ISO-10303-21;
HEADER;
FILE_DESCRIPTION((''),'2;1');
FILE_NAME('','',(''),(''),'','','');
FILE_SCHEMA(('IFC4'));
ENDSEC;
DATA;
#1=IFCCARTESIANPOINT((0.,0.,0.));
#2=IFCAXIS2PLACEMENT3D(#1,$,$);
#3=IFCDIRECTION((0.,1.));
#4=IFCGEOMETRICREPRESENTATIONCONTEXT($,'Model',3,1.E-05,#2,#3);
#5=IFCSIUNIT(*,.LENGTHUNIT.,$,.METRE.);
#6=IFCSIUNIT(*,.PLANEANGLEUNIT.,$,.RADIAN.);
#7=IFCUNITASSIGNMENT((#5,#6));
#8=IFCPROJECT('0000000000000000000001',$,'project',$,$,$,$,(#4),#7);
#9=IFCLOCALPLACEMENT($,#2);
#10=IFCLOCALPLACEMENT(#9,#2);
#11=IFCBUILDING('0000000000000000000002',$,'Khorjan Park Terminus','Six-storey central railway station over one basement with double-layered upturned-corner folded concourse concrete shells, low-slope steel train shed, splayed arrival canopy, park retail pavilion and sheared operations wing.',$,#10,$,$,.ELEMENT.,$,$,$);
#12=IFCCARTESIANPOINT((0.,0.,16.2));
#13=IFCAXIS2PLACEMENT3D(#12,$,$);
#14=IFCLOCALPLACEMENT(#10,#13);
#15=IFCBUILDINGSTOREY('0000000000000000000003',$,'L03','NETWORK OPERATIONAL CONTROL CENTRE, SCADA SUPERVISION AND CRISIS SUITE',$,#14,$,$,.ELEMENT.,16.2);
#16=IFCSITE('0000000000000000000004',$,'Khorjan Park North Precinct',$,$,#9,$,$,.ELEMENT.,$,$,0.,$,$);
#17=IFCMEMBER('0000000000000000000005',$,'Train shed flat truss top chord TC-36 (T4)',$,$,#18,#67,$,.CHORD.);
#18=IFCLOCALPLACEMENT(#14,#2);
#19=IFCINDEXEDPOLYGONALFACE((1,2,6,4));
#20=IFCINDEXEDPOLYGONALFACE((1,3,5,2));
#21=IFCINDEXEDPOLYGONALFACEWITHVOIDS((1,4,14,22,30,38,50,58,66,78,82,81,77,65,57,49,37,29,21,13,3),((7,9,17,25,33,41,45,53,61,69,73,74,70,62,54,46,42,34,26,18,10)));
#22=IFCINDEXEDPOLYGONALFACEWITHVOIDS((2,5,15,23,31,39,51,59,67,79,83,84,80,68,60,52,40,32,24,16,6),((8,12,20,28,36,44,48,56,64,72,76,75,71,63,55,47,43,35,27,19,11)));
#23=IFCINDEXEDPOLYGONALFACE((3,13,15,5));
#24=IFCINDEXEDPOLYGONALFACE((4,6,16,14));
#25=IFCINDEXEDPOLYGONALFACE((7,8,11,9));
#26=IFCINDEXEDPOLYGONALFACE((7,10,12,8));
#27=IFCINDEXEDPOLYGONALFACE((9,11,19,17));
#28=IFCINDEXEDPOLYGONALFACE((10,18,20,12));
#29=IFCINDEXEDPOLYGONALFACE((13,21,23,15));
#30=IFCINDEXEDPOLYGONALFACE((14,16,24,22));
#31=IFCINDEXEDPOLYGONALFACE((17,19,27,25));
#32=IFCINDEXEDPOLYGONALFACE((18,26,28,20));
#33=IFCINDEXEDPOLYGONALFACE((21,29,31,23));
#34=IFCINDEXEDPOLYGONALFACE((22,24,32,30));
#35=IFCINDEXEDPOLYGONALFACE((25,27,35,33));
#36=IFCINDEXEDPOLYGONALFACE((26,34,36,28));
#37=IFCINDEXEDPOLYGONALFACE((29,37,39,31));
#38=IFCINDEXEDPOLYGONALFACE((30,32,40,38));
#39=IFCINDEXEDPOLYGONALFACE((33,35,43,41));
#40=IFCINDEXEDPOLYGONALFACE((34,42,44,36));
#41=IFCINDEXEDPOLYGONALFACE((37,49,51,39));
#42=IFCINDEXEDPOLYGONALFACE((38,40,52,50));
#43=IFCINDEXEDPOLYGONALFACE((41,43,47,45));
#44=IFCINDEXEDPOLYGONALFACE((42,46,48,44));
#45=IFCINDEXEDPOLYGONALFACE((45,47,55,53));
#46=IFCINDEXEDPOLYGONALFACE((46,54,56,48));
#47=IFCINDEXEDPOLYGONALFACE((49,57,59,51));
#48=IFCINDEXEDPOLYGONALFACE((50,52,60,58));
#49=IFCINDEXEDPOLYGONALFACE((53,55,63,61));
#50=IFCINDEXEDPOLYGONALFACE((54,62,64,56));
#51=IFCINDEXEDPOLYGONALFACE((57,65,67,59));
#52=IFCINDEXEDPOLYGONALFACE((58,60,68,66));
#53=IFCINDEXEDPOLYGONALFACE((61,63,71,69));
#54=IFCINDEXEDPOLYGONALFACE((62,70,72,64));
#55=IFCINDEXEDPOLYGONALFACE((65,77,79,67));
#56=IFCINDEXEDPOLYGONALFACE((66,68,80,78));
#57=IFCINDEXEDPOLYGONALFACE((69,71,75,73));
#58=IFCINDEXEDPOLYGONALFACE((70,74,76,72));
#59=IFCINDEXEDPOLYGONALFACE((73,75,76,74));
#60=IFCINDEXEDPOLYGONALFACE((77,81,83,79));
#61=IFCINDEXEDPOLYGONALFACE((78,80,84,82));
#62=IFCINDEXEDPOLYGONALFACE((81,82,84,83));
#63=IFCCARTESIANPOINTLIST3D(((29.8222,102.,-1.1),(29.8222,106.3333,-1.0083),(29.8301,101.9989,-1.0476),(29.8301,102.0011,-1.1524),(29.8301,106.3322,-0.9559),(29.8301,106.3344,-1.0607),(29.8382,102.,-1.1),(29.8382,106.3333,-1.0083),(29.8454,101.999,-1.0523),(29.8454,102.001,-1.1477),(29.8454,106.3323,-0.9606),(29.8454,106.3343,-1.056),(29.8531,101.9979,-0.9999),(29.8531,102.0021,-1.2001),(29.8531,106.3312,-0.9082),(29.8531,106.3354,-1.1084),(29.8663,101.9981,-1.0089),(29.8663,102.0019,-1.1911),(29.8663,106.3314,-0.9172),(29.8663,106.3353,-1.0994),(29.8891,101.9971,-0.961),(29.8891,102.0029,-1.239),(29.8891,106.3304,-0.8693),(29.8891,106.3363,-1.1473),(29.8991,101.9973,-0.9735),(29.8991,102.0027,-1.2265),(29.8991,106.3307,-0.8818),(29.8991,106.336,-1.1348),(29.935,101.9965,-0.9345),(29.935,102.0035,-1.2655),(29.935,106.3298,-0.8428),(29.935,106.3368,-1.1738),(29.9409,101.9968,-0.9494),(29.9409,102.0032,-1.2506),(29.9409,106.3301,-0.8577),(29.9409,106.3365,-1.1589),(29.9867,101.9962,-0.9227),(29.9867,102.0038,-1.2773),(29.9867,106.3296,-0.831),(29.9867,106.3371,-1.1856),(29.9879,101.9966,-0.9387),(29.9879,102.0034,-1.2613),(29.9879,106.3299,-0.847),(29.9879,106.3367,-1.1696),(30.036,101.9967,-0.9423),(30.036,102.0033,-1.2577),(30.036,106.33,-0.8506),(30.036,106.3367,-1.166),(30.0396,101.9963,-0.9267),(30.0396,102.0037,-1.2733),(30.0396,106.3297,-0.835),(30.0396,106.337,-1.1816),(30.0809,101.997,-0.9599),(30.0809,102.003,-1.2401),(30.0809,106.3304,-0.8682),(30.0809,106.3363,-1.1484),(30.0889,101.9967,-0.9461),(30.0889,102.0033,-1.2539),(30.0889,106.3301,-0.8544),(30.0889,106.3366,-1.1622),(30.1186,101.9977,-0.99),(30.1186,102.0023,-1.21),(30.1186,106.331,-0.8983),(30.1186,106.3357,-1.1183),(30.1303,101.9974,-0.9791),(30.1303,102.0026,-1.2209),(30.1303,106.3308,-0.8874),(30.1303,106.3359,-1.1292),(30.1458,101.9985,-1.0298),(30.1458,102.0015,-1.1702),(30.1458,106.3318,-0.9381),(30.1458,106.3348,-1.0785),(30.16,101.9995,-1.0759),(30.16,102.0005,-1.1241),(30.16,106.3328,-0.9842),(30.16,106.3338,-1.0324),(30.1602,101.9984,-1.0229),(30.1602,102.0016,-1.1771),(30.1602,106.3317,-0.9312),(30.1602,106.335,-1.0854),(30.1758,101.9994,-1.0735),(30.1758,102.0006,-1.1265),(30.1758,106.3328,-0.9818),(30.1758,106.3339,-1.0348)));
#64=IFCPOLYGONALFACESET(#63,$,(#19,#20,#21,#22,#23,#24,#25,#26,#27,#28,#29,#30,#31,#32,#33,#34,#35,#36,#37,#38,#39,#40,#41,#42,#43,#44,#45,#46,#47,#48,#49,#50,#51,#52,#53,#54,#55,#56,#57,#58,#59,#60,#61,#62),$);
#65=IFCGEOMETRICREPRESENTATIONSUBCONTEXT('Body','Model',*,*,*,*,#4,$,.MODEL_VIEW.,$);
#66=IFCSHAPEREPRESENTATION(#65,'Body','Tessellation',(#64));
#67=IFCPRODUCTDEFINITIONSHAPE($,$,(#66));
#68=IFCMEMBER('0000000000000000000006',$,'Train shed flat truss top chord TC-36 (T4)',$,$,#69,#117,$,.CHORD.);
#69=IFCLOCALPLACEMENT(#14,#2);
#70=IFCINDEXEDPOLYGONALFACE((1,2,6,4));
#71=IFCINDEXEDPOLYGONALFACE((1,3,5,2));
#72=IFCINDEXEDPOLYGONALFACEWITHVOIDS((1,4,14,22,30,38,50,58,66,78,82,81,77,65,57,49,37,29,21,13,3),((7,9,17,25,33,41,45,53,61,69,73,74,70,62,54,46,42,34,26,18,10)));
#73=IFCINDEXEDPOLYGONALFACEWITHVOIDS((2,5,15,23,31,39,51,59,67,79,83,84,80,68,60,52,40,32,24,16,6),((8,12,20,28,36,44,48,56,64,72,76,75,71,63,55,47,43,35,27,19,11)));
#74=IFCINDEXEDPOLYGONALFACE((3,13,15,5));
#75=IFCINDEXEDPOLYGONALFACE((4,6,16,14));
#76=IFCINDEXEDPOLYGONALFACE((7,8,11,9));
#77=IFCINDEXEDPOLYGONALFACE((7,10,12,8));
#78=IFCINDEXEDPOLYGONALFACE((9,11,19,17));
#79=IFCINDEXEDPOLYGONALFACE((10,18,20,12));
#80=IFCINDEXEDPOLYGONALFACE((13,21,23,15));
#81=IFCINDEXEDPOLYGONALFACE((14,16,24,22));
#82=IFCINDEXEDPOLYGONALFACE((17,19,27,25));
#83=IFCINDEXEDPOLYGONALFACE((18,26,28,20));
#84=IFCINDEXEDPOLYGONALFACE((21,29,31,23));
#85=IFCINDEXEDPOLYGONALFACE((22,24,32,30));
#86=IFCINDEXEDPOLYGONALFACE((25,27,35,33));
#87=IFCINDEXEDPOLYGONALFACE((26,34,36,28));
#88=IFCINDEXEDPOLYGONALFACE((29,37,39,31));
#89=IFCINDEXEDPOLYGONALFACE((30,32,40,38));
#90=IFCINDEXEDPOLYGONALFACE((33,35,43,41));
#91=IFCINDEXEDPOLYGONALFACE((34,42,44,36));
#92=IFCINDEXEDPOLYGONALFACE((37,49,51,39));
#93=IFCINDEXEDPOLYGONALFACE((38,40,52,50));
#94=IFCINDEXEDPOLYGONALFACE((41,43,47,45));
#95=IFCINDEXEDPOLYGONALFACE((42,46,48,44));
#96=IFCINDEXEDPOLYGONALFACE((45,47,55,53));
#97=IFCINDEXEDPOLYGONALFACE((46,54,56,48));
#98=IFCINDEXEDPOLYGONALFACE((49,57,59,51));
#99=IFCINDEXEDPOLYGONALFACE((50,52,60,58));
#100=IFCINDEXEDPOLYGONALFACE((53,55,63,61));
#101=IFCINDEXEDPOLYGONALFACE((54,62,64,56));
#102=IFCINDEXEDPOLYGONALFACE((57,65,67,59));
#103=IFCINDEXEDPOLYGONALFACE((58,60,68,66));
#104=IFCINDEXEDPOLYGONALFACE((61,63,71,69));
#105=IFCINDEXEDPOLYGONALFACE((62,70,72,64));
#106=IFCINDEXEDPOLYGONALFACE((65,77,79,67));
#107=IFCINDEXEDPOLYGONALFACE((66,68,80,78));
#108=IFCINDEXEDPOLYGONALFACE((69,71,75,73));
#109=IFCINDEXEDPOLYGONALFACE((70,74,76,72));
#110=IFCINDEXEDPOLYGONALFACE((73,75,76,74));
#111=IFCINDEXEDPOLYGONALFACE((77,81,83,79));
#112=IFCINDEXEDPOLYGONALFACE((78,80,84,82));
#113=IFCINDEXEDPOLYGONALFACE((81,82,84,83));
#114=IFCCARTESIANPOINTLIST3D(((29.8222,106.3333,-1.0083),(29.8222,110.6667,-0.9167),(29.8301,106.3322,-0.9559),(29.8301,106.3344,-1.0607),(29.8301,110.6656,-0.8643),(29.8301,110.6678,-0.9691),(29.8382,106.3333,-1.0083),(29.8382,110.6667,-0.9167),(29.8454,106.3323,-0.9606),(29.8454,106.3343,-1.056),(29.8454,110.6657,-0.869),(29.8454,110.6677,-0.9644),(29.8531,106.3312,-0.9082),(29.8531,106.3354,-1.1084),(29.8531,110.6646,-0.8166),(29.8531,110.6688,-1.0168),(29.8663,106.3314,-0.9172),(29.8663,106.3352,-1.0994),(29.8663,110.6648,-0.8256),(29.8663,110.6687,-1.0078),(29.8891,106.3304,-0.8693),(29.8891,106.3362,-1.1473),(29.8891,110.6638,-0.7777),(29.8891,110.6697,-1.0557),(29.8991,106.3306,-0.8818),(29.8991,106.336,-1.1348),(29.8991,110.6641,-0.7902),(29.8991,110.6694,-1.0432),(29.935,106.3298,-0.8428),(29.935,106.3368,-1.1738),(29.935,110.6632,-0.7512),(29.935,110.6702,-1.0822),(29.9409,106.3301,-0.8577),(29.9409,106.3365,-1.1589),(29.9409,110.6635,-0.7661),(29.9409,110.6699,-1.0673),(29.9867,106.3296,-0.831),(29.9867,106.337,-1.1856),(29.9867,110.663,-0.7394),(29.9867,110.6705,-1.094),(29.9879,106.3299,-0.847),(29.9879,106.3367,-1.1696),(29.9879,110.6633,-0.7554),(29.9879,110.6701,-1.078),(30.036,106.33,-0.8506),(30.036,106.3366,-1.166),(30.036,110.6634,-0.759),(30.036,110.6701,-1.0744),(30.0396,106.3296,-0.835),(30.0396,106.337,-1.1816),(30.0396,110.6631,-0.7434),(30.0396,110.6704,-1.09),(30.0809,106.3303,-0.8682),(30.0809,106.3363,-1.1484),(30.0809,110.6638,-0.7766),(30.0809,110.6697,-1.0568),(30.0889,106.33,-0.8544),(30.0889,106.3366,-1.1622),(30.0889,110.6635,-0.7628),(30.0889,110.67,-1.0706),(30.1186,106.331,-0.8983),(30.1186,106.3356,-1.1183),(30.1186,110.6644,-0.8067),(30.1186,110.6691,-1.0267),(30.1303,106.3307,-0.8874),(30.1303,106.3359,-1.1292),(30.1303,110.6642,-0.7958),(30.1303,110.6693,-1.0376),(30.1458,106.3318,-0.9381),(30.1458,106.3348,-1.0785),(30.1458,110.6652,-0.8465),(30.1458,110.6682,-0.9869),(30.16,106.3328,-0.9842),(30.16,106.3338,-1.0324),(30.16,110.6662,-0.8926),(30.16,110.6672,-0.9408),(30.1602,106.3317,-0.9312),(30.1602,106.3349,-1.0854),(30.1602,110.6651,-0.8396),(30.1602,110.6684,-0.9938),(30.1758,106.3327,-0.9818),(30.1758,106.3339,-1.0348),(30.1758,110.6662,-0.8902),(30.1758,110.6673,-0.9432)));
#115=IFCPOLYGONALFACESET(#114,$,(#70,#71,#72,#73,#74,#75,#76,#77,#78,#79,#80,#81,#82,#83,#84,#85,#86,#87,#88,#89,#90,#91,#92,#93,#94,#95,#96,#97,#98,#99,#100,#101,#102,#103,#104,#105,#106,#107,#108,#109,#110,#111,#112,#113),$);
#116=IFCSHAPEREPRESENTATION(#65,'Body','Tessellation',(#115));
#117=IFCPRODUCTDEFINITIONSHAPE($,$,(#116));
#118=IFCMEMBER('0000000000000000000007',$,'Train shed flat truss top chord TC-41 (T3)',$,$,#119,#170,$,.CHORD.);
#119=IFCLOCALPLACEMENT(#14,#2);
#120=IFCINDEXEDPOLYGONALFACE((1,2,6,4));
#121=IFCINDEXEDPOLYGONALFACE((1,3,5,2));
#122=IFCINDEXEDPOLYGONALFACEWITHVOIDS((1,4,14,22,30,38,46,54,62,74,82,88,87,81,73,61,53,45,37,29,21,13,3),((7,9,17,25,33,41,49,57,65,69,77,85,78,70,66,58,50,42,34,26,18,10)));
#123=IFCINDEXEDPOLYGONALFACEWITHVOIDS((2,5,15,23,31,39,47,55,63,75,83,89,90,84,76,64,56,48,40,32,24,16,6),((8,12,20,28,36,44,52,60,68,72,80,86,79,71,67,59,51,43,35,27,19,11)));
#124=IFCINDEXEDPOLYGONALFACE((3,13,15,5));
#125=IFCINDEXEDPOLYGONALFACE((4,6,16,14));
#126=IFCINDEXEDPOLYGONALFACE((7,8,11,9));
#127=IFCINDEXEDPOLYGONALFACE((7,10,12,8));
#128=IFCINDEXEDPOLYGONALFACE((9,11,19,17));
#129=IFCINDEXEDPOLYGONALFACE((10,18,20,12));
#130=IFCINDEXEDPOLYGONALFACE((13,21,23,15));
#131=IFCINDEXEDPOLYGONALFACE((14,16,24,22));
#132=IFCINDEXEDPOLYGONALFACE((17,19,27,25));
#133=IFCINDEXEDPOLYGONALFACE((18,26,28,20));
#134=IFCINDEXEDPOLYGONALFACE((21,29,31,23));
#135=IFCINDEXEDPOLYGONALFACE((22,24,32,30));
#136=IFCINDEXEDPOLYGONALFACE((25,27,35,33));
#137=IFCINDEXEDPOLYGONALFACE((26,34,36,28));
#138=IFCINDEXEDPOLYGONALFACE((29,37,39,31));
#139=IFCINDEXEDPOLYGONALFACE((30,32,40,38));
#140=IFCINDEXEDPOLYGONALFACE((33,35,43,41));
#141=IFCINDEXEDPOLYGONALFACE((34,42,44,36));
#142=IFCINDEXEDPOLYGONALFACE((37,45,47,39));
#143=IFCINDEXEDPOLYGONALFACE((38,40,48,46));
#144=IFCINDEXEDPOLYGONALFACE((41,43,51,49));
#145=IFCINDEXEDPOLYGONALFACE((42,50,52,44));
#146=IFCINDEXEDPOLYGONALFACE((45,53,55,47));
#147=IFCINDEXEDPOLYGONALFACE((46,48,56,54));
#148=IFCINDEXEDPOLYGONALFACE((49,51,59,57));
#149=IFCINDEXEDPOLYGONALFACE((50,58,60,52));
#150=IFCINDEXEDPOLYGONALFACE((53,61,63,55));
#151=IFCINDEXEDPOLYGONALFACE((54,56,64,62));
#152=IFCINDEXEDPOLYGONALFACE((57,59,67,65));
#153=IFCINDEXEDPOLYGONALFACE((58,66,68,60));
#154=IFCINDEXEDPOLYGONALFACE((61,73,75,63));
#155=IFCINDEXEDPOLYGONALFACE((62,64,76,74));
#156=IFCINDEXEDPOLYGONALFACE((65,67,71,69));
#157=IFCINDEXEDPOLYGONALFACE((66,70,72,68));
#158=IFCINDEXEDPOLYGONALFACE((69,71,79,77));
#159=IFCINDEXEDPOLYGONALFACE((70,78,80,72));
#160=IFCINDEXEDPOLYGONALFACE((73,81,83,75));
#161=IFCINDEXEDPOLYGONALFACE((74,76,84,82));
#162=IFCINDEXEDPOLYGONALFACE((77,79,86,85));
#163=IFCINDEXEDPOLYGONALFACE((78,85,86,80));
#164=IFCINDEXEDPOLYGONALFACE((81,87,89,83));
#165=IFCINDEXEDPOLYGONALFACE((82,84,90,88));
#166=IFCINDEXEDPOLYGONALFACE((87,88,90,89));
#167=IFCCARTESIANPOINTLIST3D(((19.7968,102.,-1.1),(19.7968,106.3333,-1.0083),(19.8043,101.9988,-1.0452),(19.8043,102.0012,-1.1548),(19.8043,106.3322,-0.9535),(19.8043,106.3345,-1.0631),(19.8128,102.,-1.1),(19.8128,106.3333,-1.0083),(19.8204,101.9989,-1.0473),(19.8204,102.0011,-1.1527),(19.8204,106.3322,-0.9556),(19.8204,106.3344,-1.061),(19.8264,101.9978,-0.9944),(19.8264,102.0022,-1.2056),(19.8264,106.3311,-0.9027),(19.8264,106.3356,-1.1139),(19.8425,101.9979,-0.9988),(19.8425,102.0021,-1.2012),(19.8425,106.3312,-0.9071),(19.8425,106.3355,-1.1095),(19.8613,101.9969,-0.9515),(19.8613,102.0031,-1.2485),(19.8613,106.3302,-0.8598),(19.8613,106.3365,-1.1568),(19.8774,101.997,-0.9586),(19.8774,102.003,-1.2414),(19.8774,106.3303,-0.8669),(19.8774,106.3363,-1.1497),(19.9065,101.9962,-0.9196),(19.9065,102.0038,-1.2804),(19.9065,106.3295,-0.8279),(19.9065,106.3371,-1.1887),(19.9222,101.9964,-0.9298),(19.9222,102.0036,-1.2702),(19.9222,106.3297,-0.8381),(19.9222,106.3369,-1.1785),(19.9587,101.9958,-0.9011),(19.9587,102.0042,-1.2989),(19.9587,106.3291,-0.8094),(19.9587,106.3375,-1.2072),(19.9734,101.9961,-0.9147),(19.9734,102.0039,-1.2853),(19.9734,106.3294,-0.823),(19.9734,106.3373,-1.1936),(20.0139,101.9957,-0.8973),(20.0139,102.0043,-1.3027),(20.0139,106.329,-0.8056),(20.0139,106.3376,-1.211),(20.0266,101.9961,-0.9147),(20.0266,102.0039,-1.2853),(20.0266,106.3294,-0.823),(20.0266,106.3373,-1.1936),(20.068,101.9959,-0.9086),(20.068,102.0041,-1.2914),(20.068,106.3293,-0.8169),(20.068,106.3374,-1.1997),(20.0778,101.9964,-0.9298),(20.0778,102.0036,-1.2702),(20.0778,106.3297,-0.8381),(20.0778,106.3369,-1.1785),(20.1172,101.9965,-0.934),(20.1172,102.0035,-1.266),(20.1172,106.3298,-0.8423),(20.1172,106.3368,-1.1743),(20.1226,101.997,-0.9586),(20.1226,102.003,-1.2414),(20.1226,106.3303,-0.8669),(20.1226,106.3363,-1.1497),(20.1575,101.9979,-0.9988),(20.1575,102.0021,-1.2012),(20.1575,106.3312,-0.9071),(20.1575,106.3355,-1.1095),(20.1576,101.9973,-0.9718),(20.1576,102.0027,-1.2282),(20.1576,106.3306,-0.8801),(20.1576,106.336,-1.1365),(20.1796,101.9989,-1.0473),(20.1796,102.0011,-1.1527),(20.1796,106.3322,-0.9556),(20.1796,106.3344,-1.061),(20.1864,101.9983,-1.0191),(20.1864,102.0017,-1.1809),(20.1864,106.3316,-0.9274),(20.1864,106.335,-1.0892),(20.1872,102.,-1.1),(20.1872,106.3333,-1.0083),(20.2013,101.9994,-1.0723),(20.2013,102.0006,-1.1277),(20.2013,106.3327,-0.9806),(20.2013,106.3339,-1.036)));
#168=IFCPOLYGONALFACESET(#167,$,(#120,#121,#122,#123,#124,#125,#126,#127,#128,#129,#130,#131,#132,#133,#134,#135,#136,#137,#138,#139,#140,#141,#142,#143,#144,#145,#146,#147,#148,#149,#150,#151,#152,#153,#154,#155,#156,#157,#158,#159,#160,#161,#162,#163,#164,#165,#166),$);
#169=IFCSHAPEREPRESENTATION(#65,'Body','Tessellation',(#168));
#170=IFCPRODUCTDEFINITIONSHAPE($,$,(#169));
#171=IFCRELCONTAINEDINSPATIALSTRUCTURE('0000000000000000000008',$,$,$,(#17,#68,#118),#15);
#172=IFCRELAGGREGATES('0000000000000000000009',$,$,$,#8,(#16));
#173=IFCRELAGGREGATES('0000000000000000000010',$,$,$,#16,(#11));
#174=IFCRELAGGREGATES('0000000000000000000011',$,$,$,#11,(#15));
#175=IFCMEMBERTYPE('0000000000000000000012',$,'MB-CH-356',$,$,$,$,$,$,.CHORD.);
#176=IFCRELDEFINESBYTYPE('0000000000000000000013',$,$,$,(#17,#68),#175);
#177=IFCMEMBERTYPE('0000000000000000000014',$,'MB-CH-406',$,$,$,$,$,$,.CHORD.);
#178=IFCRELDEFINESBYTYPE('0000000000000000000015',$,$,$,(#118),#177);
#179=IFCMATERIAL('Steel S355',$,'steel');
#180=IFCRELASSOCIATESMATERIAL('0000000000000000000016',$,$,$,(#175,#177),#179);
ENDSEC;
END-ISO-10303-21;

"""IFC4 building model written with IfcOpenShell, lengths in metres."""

from ifc_helpers import new_model, si_unit, direction, frame, origin, origin_2d, place, context, subcontext, project, spatial, hollow_circle, extrude, material, material_profile, profile_set, type_object, element, save


model = new_model("IFC4")

# Units and contexts
model_context = context("Model", 3, precision=1e-05, world=origin(), true_north=direction((0.0, 1.0)))
body_context = subcontext(model_context, "Body", "Model", "MODEL_VIEW")
ifc_project = project(units=[si_unit("LENGTHUNIT", "METRE"), si_unit("PLANEANGLEUNIT", "RADIAN")], contexts=[model_context])

# Site, building, storey
site_placement = place(None, origin())
site = spatial("IfcSite", under=ifc_project, at=site_placement, Name="Khorjan Park North Precinct", CompositionType="ELEMENT", RefElevation=0.0)
building_placement = place(site_placement, origin())
building = spatial("IfcBuilding", under=site, at=building_placement, Name="Khorjan Park Terminus", Description="Six-storey central railway station over one basement with double-layered upturned-corner folded concourse concrete shells, low-slope steel train shed, splayed arrival canopy, park retail pavilion and sheared operations wing.", CompositionType="ELEMENT")
storey_placement = place(building_placement, frame((0.0, 0.0, 16.2)))
storey = spatial("IfcBuildingStorey", under=building, at=storey_placement, Name="L03", Description="NETWORK OPERATIONAL CONTROL CENTRE, SCADA SUPERVISION AND CRISIS SUITE", CompositionType="ELEMENT", Elevation=16.2)

# Members
ifc_material = material(Name="Steel S355", Category="steel")
ifc_material_profile_1 = material_profile(ifc_material, hollow_circle(Radius=0.1778, WallThickness=0.016, at=origin_2d()), Name="CHS 355.6x16")
ifc_profile_set_1 = profile_set([ifc_material_profile_1], Name="Steel S355")
member_type_1 = type_object("IfcMemberType", Name="MB-CH-356", PredefinedType="CHORD", material=ifc_profile_set_1)
member_1_placement = place(storey_placement, frame((30.0, 102.0, -1.1), z_axis=(0.0, 0.999776, 0.021157), x_axis=(-1.0, 0.0, 0.0)))
element("IfcMember", 1, at=member_1_placement, inside=storey, type_object=member_type_1, Name="Train shed flat truss top chord TC-36 (T4)", PredefinedType="CHORD", context=body_context, shape_type="SweptSolid", body=[
    extrude(hollow_circle(Radius=0.1778, WallThickness=0.016, at=origin_2d()), origin(), (0.0, 0.0, 1.0), 4.3343),
])
member_2_placement = place(storey_placement, frame((30.0, 106.3333, -1.0083), z_axis=(0.0, 0.999777, 0.021133), x_axis=(-1.0, 0.0, 0.0)))
element("IfcMember", 2, at=member_2_placement, inside=storey, type_object=member_type_1, Name="Train shed flat truss top chord TC-36 (T4)", PredefinedType="CHORD", context=body_context, shape_type="SweptSolid", body=[
    extrude(hollow_circle(Radius=0.1778, WallThickness=0.016, at=origin_2d()), origin(), (0.0, 0.0, 1.0), 4.3344),
])
ifc_material_profile_2 = material_profile(ifc_material, hollow_circle(Radius=0.2032, WallThickness=0.016, at=origin_2d()), Name="CHS 406.4x16")
ifc_profile_set_2 = profile_set([ifc_material_profile_2], Name="Steel S355")
member_type_2 = type_object("IfcMemberType", Name="MB-CH-406", PredefinedType="CHORD", material=ifc_profile_set_2)
member_3_placement = place(storey_placement, frame((20.0, 102.0, -1.1), z_axis=(0.0, 0.999776, 0.021157), x_axis=(-1.0, 0.0, 0.0)))
element("IfcMember", 3, at=member_3_placement, inside=storey, type_object=member_type_2, Name="Train shed flat truss top chord TC-41 (T3)", PredefinedType="CHORD", context=body_context, shape_type="SweptSolid", body=[
    extrude(hollow_circle(Radius=0.2032, WallThickness=0.016, at=origin_2d()), origin(), (0.0, 0.0, 1.0), 4.3343),
])

save(model, "model.ifc")
